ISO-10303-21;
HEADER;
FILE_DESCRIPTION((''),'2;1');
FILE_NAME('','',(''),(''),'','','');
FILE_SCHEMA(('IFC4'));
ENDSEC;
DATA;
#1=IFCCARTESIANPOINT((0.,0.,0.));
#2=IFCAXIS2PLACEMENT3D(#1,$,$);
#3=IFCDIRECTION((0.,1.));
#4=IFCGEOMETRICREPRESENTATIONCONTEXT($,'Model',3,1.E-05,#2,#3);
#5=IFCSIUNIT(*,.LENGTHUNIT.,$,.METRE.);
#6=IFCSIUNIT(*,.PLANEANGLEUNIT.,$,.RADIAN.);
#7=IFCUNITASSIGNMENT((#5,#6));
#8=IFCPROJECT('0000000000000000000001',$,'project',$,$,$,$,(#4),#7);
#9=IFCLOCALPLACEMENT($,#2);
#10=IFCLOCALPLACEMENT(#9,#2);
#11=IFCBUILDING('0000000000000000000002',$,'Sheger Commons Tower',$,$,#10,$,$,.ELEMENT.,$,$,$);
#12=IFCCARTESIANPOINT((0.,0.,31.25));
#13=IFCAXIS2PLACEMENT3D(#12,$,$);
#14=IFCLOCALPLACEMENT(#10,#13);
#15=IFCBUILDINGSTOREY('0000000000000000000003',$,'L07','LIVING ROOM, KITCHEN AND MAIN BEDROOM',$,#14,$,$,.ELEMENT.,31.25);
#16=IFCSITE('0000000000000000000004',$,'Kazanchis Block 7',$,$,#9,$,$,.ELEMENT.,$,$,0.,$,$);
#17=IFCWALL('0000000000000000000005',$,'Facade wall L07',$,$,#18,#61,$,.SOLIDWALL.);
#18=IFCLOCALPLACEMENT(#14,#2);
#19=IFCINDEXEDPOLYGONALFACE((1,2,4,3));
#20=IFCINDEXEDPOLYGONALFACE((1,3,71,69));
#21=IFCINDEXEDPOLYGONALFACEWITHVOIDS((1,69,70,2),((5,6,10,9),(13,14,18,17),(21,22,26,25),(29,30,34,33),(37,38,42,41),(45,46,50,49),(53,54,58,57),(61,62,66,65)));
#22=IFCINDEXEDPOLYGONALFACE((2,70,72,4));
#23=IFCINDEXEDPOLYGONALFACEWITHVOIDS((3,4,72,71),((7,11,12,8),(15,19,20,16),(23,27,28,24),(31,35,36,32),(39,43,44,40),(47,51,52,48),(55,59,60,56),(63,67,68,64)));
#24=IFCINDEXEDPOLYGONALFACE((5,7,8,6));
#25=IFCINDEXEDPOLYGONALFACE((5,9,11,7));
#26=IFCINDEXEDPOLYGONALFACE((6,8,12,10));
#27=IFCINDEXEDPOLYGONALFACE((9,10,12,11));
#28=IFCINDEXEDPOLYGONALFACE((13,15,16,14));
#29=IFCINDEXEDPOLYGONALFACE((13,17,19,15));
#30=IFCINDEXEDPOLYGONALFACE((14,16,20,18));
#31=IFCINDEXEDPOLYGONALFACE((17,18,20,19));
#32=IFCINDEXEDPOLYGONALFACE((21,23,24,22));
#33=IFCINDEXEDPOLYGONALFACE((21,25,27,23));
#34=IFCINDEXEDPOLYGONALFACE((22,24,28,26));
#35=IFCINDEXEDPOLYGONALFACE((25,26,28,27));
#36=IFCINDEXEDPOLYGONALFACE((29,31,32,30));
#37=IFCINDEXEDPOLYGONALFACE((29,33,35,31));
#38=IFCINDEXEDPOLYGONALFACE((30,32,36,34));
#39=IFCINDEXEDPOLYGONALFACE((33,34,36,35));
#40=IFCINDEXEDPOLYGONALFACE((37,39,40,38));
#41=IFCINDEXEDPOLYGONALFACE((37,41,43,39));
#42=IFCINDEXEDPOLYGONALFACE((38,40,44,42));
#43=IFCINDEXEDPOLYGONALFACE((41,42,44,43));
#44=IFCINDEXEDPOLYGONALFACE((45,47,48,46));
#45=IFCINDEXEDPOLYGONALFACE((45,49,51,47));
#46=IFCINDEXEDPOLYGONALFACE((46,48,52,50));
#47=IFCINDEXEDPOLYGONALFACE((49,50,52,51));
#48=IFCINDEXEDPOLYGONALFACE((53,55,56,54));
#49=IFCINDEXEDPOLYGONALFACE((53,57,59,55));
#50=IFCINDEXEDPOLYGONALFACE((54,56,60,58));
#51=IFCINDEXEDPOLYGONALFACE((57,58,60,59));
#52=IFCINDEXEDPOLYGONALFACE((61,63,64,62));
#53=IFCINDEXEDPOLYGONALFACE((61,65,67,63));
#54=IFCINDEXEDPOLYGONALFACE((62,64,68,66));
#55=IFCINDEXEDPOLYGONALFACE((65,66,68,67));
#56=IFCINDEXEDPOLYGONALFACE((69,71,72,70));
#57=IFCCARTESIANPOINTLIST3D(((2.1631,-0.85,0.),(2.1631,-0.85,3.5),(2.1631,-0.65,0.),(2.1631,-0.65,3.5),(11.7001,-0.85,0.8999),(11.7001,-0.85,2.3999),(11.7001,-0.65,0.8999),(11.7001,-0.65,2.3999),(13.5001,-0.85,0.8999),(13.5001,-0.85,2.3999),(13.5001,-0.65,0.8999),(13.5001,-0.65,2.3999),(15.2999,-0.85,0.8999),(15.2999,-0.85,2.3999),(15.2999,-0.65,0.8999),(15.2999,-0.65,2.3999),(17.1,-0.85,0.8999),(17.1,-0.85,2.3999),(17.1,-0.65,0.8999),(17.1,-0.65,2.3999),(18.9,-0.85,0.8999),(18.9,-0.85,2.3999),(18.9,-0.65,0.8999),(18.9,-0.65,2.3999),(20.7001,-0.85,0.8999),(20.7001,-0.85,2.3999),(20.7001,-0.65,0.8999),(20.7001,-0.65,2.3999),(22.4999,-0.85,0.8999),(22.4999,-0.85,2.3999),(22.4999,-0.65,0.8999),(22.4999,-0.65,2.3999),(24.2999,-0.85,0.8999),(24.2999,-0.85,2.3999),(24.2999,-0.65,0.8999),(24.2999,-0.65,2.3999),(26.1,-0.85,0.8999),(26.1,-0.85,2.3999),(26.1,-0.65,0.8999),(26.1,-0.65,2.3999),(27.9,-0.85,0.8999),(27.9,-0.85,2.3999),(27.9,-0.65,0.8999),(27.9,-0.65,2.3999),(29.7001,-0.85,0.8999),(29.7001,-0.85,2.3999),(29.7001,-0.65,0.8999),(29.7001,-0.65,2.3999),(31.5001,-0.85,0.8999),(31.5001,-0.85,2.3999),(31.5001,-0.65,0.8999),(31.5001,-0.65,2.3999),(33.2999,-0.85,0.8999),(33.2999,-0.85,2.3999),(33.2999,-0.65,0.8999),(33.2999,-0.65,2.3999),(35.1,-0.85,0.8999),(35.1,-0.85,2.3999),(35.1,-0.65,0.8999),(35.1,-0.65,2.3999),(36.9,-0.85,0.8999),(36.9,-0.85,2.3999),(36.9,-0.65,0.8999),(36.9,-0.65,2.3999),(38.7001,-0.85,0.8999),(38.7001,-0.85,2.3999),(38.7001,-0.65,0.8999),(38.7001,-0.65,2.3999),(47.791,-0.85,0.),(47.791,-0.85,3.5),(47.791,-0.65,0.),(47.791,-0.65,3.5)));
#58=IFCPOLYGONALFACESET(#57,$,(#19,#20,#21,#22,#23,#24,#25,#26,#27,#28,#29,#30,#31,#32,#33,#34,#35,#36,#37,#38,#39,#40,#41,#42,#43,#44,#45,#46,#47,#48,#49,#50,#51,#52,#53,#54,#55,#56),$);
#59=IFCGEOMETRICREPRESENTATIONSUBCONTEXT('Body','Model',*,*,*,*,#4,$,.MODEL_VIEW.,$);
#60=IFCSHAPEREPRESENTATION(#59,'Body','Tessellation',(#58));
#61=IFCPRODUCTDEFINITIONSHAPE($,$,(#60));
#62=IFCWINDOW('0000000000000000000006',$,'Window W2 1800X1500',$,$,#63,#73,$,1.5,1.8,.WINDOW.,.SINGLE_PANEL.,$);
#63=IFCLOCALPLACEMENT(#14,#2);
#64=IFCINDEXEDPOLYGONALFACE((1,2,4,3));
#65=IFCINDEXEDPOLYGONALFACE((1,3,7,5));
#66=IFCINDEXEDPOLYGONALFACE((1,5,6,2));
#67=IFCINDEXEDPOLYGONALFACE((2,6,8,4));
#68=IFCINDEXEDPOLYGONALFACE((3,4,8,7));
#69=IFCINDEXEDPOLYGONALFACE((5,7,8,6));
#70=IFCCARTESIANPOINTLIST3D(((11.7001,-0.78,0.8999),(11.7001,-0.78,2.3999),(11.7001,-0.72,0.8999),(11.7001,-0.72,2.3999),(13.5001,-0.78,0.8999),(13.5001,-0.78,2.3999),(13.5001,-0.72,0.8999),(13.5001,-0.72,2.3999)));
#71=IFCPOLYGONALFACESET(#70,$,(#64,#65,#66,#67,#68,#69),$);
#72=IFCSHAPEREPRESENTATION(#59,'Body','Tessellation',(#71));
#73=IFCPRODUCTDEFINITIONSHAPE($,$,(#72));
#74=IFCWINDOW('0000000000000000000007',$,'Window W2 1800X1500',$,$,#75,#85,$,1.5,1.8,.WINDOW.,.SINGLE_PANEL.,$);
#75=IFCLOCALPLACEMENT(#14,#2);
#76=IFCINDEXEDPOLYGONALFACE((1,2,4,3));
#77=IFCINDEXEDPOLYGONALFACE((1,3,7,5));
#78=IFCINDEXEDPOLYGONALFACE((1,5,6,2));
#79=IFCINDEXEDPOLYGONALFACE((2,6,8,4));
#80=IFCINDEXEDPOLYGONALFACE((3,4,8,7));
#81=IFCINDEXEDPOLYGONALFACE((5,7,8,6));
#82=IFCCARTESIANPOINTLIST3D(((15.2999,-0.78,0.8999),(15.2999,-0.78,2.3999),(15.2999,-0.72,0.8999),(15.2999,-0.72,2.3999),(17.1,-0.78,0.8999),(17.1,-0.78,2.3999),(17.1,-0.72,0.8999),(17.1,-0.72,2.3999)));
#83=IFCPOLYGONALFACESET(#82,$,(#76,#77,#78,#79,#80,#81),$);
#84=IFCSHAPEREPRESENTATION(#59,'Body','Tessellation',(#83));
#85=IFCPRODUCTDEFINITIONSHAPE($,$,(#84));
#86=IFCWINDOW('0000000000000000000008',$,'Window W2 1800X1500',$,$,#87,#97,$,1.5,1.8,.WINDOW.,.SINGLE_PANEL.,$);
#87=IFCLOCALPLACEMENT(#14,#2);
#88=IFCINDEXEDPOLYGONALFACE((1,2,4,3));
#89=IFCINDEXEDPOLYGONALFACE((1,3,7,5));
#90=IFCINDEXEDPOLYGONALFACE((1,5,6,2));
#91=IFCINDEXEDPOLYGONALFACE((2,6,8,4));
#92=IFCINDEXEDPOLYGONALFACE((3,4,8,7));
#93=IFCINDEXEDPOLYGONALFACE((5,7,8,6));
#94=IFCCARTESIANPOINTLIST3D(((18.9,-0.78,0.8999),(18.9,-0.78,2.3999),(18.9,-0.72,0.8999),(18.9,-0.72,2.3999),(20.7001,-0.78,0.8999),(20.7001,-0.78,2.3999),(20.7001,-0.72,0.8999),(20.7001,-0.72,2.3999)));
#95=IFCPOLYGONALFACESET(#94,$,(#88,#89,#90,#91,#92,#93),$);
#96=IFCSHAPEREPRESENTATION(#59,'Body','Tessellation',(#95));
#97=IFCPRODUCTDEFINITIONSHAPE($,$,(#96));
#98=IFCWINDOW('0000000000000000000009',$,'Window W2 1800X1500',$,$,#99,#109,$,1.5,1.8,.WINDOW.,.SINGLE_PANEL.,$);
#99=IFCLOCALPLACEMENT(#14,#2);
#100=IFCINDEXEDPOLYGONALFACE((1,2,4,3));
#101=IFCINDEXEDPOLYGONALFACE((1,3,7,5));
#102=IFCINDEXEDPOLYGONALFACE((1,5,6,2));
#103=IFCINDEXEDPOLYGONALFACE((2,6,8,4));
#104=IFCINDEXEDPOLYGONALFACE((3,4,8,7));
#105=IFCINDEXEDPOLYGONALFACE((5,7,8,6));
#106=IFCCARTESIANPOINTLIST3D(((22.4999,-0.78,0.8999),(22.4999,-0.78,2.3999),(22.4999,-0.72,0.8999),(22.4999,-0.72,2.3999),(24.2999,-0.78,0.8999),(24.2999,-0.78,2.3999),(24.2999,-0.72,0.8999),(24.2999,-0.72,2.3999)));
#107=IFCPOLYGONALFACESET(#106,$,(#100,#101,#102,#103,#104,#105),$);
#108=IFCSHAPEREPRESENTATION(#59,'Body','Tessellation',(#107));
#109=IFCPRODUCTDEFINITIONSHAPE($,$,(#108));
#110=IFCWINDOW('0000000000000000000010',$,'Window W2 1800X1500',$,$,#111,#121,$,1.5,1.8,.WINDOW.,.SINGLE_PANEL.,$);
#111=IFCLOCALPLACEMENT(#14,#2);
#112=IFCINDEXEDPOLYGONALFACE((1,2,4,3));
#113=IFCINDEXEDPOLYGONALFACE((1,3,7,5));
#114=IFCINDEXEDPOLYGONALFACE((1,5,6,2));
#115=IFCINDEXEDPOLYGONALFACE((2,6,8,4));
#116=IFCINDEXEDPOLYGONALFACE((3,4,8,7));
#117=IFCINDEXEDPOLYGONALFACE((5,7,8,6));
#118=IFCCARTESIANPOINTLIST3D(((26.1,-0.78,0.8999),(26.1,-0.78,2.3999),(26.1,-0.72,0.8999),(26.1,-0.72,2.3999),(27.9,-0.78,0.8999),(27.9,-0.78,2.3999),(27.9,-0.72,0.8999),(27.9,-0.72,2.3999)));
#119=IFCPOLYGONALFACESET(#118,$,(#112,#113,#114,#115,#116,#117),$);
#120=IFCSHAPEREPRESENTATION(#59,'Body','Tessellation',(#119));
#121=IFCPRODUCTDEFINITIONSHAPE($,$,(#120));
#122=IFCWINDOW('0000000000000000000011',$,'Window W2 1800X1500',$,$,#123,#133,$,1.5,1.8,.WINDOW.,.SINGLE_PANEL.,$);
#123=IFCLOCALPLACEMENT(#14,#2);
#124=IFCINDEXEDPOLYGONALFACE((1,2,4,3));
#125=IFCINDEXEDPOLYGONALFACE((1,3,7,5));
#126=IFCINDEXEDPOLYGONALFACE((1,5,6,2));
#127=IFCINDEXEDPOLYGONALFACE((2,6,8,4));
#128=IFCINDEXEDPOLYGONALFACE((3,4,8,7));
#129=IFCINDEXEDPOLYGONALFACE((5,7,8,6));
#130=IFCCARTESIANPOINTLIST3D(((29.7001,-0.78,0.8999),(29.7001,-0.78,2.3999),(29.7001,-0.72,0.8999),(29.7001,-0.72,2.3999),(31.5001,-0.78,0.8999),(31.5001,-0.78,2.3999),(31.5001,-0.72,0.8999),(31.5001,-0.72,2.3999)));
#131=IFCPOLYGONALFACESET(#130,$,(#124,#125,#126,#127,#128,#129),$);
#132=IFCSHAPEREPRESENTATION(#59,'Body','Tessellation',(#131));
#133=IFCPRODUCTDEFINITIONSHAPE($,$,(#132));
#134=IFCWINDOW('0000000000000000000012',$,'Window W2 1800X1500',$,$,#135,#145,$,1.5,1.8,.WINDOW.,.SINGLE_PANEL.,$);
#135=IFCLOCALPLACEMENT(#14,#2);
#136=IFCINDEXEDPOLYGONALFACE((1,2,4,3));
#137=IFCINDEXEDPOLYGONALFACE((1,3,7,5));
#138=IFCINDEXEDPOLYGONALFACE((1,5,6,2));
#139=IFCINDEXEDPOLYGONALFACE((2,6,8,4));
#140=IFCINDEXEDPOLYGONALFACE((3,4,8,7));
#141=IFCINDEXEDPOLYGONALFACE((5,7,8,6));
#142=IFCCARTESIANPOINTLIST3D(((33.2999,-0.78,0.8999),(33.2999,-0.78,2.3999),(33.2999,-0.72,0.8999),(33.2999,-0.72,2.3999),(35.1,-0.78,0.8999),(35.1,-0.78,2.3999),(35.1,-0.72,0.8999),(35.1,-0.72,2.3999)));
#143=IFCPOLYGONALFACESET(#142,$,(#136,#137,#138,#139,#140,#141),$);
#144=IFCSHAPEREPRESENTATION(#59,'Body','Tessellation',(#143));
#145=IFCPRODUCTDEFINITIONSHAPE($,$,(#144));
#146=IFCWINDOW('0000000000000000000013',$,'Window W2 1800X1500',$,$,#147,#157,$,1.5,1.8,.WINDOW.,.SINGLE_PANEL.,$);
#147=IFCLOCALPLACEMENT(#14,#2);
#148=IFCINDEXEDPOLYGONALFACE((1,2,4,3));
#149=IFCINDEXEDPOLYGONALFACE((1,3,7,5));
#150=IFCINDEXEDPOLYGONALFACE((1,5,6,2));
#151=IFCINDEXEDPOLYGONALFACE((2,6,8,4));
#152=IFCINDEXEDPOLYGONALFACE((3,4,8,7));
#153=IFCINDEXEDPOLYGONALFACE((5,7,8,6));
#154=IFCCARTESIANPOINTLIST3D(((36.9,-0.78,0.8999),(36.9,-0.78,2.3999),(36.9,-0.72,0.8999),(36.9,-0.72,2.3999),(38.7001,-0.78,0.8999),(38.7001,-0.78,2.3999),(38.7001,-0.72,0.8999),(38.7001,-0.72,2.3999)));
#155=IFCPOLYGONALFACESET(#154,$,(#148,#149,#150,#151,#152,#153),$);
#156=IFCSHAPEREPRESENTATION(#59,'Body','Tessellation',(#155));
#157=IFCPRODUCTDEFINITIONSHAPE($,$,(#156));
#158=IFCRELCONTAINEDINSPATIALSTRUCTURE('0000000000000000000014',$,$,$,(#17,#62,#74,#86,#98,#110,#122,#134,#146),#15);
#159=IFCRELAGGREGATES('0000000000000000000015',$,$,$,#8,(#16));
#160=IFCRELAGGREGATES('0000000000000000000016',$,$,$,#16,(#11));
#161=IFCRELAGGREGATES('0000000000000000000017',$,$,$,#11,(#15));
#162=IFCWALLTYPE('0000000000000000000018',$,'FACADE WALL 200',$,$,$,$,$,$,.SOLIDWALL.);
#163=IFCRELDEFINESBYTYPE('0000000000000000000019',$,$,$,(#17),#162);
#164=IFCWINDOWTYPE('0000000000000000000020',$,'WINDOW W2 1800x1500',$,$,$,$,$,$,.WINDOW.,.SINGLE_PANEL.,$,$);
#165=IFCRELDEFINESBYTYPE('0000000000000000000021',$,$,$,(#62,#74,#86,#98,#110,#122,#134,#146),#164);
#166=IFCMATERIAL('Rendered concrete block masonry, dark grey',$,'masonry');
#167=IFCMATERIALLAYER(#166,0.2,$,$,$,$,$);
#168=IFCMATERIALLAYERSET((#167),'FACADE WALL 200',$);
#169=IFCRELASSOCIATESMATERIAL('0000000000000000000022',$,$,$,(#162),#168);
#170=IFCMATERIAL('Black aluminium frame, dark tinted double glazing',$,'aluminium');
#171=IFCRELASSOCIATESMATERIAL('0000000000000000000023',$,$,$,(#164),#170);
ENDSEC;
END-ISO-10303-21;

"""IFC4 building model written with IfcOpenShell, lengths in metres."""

from ifc_helpers import new_model, si_unit, direction, frame, frame_2d, origin, place, context, subcontext, project, spatial, rectangle, extrude, material, layer, layer_set, type_object, element, fill, save


model = new_model("IFC4")

# Units and contexts
model_context = context("Model", 3, precision=1e-05, world=origin(), true_north=direction((0.0, 1.0)))
body_context = subcontext(model_context, "Body", "Model", "MODEL_VIEW")
ifc_project = project(units=[si_unit("LENGTHUNIT", "METRE"), si_unit("PLANEANGLEUNIT", "RADIAN")], contexts=[model_context])

# Site, building, storey
site_placement = place(None, origin())
site = spatial("IfcSite", under=ifc_project, at=site_placement, Name="Kazanchis Block 7", CompositionType="ELEMENT", RefElevation=0.0)
building_placement = place(site_placement, origin())
building = spatial("IfcBuilding", under=site, at=building_placement, Name="Sheger Commons Tower", CompositionType="ELEMENT")
storey_placement = place(building_placement, frame((0.0, 0.0, 31.25)))
storey = spatial("IfcBuildingStorey", under=building, at=storey_placement, Name="L07", Description="LIVING ROOM, KITCHEN AND MAIN BEDROOM", CompositionType="ELEMENT", Elevation=31.25)

# Wall, openings, windows
ifc_material_1 = material(Name="Rendered concrete block masonry, dark grey", Category="masonry")
ifc_layer_1 = layer(ifc_material_1, 0.2)
ifc_layer_set_1 = layer_set([ifc_layer_1], Name="FACADE WALL 200")
wall_type_1 = type_object("IfcWallType", Name="FACADE WALL 200", PredefinedType="SOLIDWALL", material=ifc_layer_set_1)
wall_1_placement = place(storey_placement, frame((2.1631, -0.75, 0.0), z_axis=(0.0, 0.0, 1.0), x_axis=(1.0, 0.0, 0.0)))
wall_1 = element("IfcWall", 1, at=wall_1_placement, inside=storey, type_object=wall_type_1, Name="Facade wall L07", PredefinedType="SOLIDWALL", context=body_context, shape_type="SweptSolid", body=[
    extrude(rectangle(XDim=45.6279, YDim=0.2, at=frame_2d((22.814, 0.0))), origin(), (0.0, 0.0, 1.0), 3.5),
])
opening_1_placement = place(wall_1_placement, frame((9.5371, 0.0, 0.8999)))
opening_1 = element("IfcOpeningElement", 2, at=opening_1_placement, cuts=wall_1, PredefinedType="OPENING", context=body_context, shape_type="SweptSolid", body=[
    extrude(rectangle(XDim=1.8, YDim=1.5, at=frame_2d((0.8999, 0.75))), frame((0.0, 0.1099, 0.0), z_axis=(0.0, -1.0, 0.0), x_axis=(1.0, 0.0, 0.0)), (0.0, 0.0, 1.0), 0.22),
])
opening_2_placement = place(wall_1_placement, frame((13.137, 0.0, 0.8999)))
opening_2 = element("IfcOpeningElement", 3, at=opening_2_placement, cuts=wall_1, PredefinedType="OPENING", context=body_context, shape_type="SweptSolid", body=[
    extrude(rectangle(XDim=1.8, YDim=1.5, at=frame_2d((0.8999, 0.75))), frame((0.0, 0.1099, 0.0), z_axis=(0.0, -1.0, 0.0), x_axis=(1.0, 0.0, 0.0)), (0.0, 0.0, 1.0), 0.22),
])
opening_3_placement = place(wall_1_placement, frame((16.7371, 0.0, 0.8999)))
opening_3 = element("IfcOpeningElement", 4, at=opening_3_placement, cuts=wall_1, PredefinedType="OPENING", context=body_context, shape_type="SweptSolid", body=[
    extrude(rectangle(XDim=1.8, YDim=1.5, at=frame_2d((0.8999, 0.75))), frame((0.0, 0.1099, 0.0), z_axis=(0.0, -1.0, 0.0), x_axis=(1.0, 0.0, 0.0)), (0.0, 0.0, 1.0), 0.22),
])
opening_4_placement = place(wall_1_placement, frame((20.3369, 0.0, 0.8999)))
opening_4 = element("IfcOpeningElement", 5, at=opening_4_placement, cuts=wall_1, PredefinedType="OPENING", context=body_context, shape_type="SweptSolid", body=[
    extrude(rectangle(XDim=1.8, YDim=1.5, at=frame_2d((0.8999, 0.75))), frame((0.0, 0.1099, 0.0), z_axis=(0.0, -1.0, 0.0), x_axis=(1.0, 0.0, 0.0)), (0.0, 0.0, 1.0), 0.22),
])
opening_5_placement = place(wall_1_placement, frame((23.937, 0.0, 0.8999)))
opening_5 = element("IfcOpeningElement", 6, at=opening_5_placement, cuts=wall_1, PredefinedType="OPENING", context=body_context, shape_type="SweptSolid", body=[
    extrude(rectangle(XDim=1.8, YDim=1.5, at=frame_2d((0.8999, 0.75))), frame((0.0, 0.1099, 0.0), z_axis=(0.0, -1.0, 0.0), x_axis=(1.0, 0.0, 0.0)), (0.0, 0.0, 1.0), 0.22),
])
opening_6_placement = place(wall_1_placement, frame((27.5371, 0.0, 0.8999)))
opening_6 = element("IfcOpeningElement", 7, at=opening_6_placement, cuts=wall_1, PredefinedType="OPENING", context=body_context, shape_type="SweptSolid", body=[
    extrude(rectangle(XDim=1.8, YDim=1.5, at=frame_2d((0.8999, 0.75))), frame((0.0, 0.1099, 0.0), z_axis=(0.0, -1.0, 0.0), x_axis=(1.0, 0.0, 0.0)), (0.0, 0.0, 1.0), 0.22),
])
opening_7_placement = place(wall_1_placement, frame((31.137, 0.0, 0.8999)))
opening_7 = element("IfcOpeningElement", 8, at=opening_7_placement, cuts=wall_1, PredefinedType="OPENING", context=body_context, shape_type="SweptSolid", body=[
    extrude(rectangle(XDim=1.8, YDim=1.5, at=frame_2d((0.8999, 0.75))), frame((0.0, 0.1099, 0.0), z_axis=(0.0, -1.0, 0.0), x_axis=(1.0, 0.0, 0.0)), (0.0, 0.0, 1.0), 0.22),
])
opening_8_placement = place(wall_1_placement, frame((34.7371, 0.0, 0.8999)))
opening_8 = element("IfcOpeningElement", 9, at=opening_8_placement, cuts=wall_1, PredefinedType="OPENING", context=body_context, shape_type="SweptSolid", body=[
    extrude(rectangle(XDim=1.8, YDim=1.5, at=frame_2d((0.8999, 0.75))), frame((0.0, 0.1099, 0.0), z_axis=(0.0, -1.0, 0.0), x_axis=(1.0, 0.0, 0.0)), (0.0, 0.0, 1.0), 0.22),
])
ifc_material_2 = material(Name="Black aluminium frame, dark tinted double glazing", Category="aluminium")
window_type = type_object("IfcWindowType", Name="WINDOW W2 1800x1500", PartitioningType="SINGLE_PANEL", PredefinedType="WINDOW", material=ifc_material_2)
window_1_placement = place(opening_1_placement, origin())
window_1 = element("IfcWindow", 10, at=window_1_placement, inside=storey, type_object=window_type, Name="Window W2 1800X1500", OverallHeight=1.5, OverallWidth=1.8, PartitioningType="SINGLE_PANEL", PredefinedType="WINDOW", context=body_context, shape_type="SweptSolid", body=[
    extrude(rectangle(XDim=1.8, YDim=1.5, at=frame_2d((0.8999, 0.75))), frame((0.0, 0.03, 0.0), z_axis=(0.0, -1.0, 0.0), x_axis=(1.0, 0.0, 0.0)), (0.0, 0.0, 1.0), 0.0601),
])
fill(opening_1, window_1)
window_2_placement = place(opening_2_placement, origin())
window_2 = element("IfcWindow", 11, at=window_2_placement, inside=storey, type_object=window_type, Name="Window W2 1800X1500", OverallHeight=1.5, OverallWidth=1.8, PartitioningType="SINGLE_PANEL", PredefinedType="WINDOW", context=body_context, shape_type="SweptSolid", body=[
    extrude(rectangle(XDim=1.8, YDim=1.5, at=frame_2d((0.8999, 0.75))), frame((0.0, 0.03, 0.0), z_axis=(0.0, -1.0, 0.0), x_axis=(1.0, 0.0, 0.0)), (0.0, 0.0, 1.0), 0.0601),
])
fill(opening_2, window_2)
window_3_placement = place(opening_3_placement, origin())
window_3 = element("IfcWindow", 12, at=window_3_placement, inside=storey, type_object=window_type, Name="Window W2 1800X1500", OverallHeight=1.5, OverallWidth=1.8, PartitioningType="SINGLE_PANEL", PredefinedType="WINDOW", context=body_context, shape_type="SweptSolid", body=[
    extrude(rectangle(XDim=1.8, YDim=1.5, at=frame_2d((0.8999, 0.75))), frame((0.0, 0.03, 0.0), z_axis=(0.0, -1.0, 0.0), x_axis=(1.0, 0.0, 0.0)), (0.0, 0.0, 1.0), 0.0601),
])
fill(opening_3, window_3)
window_4_placement = place(opening_4_placement, origin())
window_4 = element("IfcWindow", 13, at=window_4_placement, inside=storey, type_object=window_type, Name="Window W2 1800X1500", OverallHeight=1.5, OverallWidth=1.8, PartitioningType="SINGLE_PANEL", PredefinedType="WINDOW", context=body_context, shape_type="SweptSolid", body=[
    extrude(rectangle(XDim=1.8, YDim=1.5, at=frame_2d((0.8999, 0.75))), frame((0.0, 0.03, 0.0), z_axis=(0.0, -1.0, 0.0), x_axis=(1.0, 0.0, 0.0)), (0.0, 0.0, 1.0), 0.0601),
])
fill(opening_4, window_4)
window_5_placement = place(opening_5_placement, origin())
window_5 = element("IfcWindow", 14, at=window_5_placement, inside=storey, type_object=window_type, Name="Window W2 1800X1500", OverallHeight=1.5, OverallWidth=1.8, PartitioningType="SINGLE_PANEL", PredefinedType="WINDOW", context=body_context, shape_type="SweptSolid", body=[
    extrude(rectangle(XDim=1.8, YDim=1.5, at=frame_2d((0.8999, 0.75))), frame((0.0, 0.03, 0.0), z_axis=(0.0, -1.0, 0.0), x_axis=(1.0, 0.0, 0.0)), (0.0, 0.0, 1.0), 0.0601),
])
fill(opening_5, window_5)
window_6_placement = place(opening_6_placement, origin())
window_6 = element("IfcWindow", 15, at=window_6_placement, inside=storey, type_object=window_type, Name="Window W2 1800X1500", OverallHeight=1.5, OverallWidth=1.8, PartitioningType="SINGLE_PANEL", PredefinedType="WINDOW", context=body_context, shape_type="SweptSolid", body=[
    extrude(rectangle(XDim=1.8, YDim=1.5, at=frame_2d((0.8999, 0.75))), frame((0.0, 0.03, 0.0), z_axis=(0.0, -1.0, 0.0), x_axis=(1.0, 0.0, 0.0)), (0.0, 0.0, 1.0), 0.0601),
])
fill(opening_6, window_6)
window_7_placement = place(opening_7_placement, origin())
window_7 = element("IfcWindow", 16, at=window_7_placement, inside=storey, type_object=window_type, Name="Window W2 1800X1500", OverallHeight=1.5, OverallWidth=1.8, PartitioningType="SINGLE_PANEL", PredefinedType="WINDOW", context=body_context, shape_type="SweptSolid", body=[
    extrude(rectangle(XDim=1.8, YDim=1.5, at=frame_2d((0.8999, 0.75))), frame((0.0, 0.03, 0.0), z_axis=(0.0, -1.0, 0.0), x_axis=(1.0, 0.0, 0.0)), (0.0, 0.0, 1.0), 0.0601),
])
fill(opening_7, window_7)
window_8_placement = place(opening_8_placement, origin())
window_8 = element("IfcWindow", 17, at=window_8_placement, inside=storey, type_object=window_type, Name="Window W2 1800X1500", OverallHeight=1.5, OverallWidth=1.8, PartitioningType="SINGLE_PANEL", PredefinedType="WINDOW", context=body_context, shape_type="SweptSolid", body=[
    extrude(rectangle(XDim=1.8, YDim=1.5, at=frame_2d((0.8999, 0.75))), frame((0.0, 0.03, 0.0), z_axis=(0.0, -1.0, 0.0), x_axis=(1.0, 0.0, 0.0)), (0.0, 0.0, 1.0), 0.0601),
])
fill(opening_8, window_8)

save(model, "model.ifc")
